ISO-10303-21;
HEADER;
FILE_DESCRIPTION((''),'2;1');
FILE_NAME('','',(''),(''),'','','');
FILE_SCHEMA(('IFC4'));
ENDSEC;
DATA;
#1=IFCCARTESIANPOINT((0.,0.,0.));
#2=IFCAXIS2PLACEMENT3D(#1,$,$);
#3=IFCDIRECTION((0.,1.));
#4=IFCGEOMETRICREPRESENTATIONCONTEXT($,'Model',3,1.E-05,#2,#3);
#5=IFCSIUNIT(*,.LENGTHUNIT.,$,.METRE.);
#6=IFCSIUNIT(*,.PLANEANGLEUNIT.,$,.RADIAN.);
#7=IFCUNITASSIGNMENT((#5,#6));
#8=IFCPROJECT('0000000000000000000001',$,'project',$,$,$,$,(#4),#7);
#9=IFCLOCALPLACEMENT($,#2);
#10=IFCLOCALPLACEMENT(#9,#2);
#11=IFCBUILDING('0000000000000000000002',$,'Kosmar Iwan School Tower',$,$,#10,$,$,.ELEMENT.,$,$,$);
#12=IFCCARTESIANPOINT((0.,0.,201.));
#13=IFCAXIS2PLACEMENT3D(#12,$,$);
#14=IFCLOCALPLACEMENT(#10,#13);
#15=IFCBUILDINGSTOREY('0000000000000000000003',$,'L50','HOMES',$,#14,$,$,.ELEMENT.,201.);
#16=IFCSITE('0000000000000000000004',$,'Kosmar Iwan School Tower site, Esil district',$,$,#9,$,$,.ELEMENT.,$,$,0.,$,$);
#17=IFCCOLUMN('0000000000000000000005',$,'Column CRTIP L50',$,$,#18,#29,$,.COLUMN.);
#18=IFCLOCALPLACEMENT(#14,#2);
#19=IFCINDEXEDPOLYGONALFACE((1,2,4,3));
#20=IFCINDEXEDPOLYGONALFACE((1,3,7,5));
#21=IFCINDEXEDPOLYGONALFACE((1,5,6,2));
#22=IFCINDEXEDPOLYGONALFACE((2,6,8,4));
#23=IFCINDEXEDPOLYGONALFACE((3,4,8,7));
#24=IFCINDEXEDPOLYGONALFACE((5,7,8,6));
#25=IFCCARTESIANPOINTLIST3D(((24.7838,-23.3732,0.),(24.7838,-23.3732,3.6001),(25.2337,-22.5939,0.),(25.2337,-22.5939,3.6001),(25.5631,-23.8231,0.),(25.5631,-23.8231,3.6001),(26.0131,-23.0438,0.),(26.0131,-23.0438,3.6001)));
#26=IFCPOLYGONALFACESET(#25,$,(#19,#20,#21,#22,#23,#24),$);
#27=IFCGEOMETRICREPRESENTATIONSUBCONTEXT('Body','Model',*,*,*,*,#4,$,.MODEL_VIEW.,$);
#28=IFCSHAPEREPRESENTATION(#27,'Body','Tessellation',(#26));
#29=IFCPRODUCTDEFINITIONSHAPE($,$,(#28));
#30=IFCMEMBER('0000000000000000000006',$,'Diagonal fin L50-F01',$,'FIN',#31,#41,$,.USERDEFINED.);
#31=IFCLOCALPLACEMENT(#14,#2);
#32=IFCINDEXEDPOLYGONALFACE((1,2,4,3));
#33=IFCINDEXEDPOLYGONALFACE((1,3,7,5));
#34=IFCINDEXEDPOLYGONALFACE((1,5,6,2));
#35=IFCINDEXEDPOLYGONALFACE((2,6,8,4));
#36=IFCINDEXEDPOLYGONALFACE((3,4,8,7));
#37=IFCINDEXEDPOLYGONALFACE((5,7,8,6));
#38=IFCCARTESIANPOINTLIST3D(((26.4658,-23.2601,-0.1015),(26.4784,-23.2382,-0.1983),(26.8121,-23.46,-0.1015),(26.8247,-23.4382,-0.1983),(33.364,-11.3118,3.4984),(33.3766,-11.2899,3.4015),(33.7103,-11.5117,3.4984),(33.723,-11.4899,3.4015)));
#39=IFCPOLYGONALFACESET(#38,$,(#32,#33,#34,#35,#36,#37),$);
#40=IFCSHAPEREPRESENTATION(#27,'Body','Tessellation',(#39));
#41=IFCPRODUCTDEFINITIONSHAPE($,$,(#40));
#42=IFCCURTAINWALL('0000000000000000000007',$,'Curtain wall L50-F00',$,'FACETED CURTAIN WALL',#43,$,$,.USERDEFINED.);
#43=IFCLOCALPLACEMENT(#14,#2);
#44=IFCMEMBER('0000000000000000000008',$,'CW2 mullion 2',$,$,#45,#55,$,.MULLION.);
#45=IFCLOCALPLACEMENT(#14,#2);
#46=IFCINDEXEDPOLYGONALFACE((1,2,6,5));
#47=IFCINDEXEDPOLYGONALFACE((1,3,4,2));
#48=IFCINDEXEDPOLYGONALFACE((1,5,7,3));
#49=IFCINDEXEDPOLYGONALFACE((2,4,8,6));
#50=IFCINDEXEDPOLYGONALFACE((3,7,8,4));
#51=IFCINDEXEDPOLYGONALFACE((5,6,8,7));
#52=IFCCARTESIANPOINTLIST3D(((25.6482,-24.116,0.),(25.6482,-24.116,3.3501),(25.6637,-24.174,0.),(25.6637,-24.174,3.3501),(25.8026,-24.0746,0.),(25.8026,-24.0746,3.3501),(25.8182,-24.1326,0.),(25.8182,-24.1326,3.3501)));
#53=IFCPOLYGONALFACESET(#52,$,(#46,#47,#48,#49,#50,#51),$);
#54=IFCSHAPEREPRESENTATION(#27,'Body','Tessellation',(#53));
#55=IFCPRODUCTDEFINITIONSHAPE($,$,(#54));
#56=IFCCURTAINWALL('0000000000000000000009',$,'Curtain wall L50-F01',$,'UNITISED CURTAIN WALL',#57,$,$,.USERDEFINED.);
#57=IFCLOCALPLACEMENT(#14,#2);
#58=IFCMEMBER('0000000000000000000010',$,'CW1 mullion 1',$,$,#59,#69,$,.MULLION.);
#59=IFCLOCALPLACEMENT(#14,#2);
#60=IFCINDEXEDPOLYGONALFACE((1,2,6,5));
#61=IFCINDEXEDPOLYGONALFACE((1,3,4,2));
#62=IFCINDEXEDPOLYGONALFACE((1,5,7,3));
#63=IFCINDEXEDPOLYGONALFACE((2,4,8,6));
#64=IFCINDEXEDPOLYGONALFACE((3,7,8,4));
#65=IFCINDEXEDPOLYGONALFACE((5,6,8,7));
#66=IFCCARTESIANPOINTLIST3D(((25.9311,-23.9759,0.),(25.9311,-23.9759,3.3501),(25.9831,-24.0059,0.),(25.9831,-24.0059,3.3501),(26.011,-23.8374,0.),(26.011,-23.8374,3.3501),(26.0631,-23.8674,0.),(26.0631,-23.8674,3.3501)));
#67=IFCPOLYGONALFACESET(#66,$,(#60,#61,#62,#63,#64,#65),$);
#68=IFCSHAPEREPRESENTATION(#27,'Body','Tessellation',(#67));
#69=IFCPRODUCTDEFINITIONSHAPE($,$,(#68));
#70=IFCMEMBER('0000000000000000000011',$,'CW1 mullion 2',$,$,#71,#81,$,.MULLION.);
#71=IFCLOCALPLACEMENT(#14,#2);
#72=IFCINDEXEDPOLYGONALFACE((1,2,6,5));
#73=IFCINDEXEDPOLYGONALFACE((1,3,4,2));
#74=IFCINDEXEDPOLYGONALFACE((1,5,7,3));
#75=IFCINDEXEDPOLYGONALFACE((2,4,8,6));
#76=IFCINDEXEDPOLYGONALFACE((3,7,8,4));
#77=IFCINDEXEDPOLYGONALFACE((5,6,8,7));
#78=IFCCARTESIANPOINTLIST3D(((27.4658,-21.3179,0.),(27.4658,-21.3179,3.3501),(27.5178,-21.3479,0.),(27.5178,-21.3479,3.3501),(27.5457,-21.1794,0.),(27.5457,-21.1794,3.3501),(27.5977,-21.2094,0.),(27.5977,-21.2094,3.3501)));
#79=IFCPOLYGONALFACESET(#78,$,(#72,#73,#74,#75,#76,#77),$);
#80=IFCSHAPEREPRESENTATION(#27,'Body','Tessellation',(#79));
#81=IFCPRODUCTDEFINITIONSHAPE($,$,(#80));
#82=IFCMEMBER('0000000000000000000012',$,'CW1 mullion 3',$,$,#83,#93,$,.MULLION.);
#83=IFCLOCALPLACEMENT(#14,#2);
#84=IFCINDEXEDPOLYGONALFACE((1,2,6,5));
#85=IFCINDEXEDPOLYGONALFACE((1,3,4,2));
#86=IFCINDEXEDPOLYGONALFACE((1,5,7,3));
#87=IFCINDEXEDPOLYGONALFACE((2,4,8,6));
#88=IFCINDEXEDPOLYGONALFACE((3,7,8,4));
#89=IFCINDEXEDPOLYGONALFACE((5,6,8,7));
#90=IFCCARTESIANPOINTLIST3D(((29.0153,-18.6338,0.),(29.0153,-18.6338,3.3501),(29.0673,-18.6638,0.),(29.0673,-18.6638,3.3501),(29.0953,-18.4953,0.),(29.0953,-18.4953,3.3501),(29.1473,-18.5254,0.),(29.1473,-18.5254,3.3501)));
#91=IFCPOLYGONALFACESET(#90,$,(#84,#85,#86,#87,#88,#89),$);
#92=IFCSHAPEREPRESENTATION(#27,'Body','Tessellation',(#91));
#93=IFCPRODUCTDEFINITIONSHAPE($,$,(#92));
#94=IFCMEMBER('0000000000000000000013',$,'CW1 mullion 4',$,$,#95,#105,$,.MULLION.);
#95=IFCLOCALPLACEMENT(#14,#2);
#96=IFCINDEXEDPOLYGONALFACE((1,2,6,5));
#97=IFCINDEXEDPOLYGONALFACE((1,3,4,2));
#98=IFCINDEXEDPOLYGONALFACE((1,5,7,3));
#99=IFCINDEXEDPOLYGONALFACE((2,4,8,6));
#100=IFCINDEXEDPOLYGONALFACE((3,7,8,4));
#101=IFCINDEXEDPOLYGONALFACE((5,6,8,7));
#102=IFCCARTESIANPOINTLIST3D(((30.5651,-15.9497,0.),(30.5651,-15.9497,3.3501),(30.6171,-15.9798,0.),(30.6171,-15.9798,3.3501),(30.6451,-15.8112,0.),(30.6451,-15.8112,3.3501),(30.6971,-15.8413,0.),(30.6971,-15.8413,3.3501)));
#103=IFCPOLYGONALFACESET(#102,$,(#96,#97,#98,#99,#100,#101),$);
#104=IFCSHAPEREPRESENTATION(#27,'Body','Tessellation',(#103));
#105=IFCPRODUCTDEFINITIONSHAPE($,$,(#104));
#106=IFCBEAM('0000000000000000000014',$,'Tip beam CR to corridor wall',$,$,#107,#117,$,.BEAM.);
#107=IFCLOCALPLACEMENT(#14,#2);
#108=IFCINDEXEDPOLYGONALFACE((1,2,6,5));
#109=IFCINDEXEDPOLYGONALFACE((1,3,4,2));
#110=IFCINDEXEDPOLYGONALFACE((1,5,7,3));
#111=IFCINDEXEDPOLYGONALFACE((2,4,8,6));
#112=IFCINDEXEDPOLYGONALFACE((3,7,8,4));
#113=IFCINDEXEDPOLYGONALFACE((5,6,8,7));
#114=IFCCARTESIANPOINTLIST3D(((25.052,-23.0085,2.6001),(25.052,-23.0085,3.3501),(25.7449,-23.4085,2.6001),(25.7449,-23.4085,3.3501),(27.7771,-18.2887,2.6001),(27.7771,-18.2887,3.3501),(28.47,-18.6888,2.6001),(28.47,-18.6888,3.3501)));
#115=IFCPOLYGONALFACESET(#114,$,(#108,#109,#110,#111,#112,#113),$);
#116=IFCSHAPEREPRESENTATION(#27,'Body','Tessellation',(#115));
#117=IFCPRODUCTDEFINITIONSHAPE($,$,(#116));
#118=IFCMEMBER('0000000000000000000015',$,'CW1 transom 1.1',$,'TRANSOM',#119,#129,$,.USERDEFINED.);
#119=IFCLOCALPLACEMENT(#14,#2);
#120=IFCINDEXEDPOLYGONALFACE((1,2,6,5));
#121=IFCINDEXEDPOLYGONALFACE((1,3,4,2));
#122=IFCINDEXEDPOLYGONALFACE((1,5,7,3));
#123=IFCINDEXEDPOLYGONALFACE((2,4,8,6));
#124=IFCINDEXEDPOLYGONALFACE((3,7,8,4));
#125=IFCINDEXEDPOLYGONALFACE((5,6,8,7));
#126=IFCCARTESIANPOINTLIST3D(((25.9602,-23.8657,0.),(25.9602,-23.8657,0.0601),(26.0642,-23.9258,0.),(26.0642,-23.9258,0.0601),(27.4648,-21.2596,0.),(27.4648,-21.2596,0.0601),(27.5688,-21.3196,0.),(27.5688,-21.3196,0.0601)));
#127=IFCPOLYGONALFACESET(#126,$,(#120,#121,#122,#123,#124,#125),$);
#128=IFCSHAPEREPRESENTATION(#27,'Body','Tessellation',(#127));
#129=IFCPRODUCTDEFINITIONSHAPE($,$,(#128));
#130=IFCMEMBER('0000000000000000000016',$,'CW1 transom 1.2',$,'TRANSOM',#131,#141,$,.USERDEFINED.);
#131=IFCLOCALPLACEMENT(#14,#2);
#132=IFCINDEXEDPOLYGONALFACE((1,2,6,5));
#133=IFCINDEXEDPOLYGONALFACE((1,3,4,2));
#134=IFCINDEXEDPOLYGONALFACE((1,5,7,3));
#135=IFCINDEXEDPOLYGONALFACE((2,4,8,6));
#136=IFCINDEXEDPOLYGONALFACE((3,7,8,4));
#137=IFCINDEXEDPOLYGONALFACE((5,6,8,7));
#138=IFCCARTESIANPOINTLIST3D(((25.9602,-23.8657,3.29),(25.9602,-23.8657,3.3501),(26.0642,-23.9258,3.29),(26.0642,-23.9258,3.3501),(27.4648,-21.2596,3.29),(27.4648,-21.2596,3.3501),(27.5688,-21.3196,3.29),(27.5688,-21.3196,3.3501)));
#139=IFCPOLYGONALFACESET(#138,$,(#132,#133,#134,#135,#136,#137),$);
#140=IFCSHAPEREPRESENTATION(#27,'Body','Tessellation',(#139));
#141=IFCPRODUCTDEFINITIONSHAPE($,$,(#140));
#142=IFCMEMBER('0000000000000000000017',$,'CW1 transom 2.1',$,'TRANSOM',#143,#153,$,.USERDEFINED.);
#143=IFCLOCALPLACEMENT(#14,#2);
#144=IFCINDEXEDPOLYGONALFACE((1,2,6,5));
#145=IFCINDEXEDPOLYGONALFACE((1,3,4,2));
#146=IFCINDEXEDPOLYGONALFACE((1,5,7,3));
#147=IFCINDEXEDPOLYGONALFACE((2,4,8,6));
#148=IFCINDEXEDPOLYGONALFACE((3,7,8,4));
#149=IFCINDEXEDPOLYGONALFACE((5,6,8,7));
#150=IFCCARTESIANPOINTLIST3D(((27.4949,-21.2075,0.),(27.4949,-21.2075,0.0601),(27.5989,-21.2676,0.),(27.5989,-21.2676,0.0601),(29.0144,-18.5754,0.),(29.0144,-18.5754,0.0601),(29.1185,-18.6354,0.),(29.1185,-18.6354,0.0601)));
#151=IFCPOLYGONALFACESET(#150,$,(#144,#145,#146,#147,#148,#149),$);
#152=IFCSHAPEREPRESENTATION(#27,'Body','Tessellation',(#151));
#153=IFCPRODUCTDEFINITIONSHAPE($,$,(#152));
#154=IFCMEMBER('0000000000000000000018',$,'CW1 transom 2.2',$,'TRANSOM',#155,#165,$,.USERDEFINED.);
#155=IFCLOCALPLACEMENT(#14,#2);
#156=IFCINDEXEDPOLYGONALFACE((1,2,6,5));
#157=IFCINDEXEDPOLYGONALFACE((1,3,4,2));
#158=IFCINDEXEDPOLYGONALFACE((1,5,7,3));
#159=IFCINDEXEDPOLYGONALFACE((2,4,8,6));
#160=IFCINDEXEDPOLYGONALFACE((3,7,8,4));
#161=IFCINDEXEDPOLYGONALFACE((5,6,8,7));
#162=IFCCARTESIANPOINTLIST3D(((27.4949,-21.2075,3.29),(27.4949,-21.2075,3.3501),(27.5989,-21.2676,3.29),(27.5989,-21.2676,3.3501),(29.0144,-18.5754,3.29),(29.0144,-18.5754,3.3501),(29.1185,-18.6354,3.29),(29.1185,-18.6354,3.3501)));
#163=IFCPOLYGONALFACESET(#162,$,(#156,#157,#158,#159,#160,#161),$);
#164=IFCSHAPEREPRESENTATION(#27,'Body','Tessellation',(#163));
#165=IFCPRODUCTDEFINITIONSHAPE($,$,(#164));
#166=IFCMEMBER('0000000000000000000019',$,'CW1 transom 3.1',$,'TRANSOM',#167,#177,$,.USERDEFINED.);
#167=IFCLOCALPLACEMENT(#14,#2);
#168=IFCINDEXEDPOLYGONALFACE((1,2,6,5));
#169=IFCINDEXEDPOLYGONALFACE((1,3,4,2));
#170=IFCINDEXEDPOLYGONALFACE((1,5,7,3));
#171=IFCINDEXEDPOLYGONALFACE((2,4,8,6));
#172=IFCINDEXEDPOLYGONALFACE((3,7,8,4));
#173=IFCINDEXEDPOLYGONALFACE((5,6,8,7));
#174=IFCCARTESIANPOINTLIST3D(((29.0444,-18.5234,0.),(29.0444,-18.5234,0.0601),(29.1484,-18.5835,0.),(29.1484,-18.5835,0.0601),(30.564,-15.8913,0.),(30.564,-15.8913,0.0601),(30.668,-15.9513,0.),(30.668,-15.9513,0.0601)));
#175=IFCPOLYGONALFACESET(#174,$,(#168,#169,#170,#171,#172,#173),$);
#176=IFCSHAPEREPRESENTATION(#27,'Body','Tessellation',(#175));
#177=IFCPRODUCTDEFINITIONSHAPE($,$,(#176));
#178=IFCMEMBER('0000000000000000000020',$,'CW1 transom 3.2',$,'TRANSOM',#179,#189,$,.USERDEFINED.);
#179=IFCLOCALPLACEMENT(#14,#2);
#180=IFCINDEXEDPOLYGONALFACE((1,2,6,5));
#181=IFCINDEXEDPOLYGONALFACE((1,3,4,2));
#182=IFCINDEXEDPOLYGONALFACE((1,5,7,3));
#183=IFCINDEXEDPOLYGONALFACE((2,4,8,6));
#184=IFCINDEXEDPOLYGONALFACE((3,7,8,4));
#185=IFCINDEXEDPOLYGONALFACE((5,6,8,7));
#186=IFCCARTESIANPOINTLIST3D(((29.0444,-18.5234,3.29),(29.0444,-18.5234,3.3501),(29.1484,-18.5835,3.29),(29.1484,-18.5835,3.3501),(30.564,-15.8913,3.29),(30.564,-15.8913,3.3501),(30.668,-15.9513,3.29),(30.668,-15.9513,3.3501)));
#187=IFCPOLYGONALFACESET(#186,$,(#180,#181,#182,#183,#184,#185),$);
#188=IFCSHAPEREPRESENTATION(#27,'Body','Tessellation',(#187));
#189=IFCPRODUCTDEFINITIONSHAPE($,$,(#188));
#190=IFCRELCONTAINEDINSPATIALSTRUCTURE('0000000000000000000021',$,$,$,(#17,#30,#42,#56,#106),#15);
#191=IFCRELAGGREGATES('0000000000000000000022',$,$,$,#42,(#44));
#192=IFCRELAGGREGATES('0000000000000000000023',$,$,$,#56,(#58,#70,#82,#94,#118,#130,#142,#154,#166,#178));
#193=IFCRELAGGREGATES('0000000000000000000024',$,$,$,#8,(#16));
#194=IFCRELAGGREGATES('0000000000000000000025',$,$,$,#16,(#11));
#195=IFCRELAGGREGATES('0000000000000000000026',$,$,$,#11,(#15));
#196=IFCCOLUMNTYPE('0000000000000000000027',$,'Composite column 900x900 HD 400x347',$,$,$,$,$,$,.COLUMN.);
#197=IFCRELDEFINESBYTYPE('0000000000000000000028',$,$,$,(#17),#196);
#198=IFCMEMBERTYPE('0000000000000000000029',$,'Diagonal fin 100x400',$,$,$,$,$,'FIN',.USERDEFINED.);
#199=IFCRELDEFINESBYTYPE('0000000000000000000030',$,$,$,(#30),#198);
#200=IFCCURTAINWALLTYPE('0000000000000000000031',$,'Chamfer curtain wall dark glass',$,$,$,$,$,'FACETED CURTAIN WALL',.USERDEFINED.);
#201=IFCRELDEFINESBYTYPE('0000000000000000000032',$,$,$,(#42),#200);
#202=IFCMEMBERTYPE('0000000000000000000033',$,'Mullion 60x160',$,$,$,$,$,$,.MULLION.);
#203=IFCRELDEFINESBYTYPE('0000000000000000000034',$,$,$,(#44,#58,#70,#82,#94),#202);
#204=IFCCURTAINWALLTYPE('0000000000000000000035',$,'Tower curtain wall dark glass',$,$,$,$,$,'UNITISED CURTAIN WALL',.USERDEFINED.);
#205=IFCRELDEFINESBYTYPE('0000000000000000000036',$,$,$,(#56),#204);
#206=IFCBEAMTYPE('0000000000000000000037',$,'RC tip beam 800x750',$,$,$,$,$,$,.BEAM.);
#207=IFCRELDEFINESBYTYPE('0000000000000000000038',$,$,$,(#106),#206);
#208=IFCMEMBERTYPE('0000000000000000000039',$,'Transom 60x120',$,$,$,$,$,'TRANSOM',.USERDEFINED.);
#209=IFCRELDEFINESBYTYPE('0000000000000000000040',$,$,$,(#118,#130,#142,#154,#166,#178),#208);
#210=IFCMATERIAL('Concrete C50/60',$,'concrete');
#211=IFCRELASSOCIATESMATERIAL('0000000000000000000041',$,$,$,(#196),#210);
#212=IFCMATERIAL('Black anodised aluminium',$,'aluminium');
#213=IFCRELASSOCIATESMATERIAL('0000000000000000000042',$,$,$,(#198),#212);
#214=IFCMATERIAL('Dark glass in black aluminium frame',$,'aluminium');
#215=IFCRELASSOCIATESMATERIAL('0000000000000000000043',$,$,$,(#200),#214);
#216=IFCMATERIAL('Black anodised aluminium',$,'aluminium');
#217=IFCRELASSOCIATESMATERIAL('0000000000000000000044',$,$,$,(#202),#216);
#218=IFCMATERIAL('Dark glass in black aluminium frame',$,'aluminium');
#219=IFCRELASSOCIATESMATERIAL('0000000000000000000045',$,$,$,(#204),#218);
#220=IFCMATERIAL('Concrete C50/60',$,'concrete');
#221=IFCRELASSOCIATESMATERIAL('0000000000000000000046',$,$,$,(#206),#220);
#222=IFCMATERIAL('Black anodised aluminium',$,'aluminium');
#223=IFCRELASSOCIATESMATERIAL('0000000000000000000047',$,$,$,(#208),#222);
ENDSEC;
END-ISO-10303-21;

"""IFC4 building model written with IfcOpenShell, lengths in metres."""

from ifc_helpers import new_model, si_unit, direction, frame, origin, origin_2d, place, context, subcontext, project, spatial, rectangle, extrude, material, material_profile, profile_set, type_object, element, aggregate, save


model = new_model("IFC4")

# Units and contexts
model_context = context("Model", 3, precision=1e-05, world=origin(), true_north=direction((0.0, 1.0)))
body_context = subcontext(model_context, "Body", "Model", "MODEL_VIEW")
ifc_project = project(units=[si_unit("LENGTHUNIT", "METRE"), si_unit("PLANEANGLEUNIT", "RADIAN")], contexts=[model_context])

# Site, building, storey
site_placement = place(None, origin())
site = spatial("IfcSite", under=ifc_project, at=site_placement, Name="Kosmar Iwan School Tower site, Esil district", CompositionType="ELEMENT", RefElevation=0.0)
building_placement = place(site_placement, origin())
building = spatial("IfcBuilding", under=site, at=building_placement, Name="Kosmar Iwan School Tower", CompositionType="ELEMENT")
storey_placement = place(building_placement, frame((0.0, 0.0, 201.0)))
storey = spatial("IfcBuildingStorey", under=building, at=storey_placement, Name="L50", Description="HOMES", CompositionType="ELEMENT", Elevation=201.0)

# Column
ifc_material_1 = material(Name="Concrete C50/60", Category="concrete")
ifc_material_profile_1 = material_profile(ifc_material_1, rectangle(XDim=0.8999, YDim=0.8999, at=origin_2d()), Name="RC 900x900 + HD 400x347")
ifc_profile_set_1 = profile_set([ifc_material_profile_1], Name="Concrete C50/60")
column_type = type_object("IfcColumnType", Name="Composite column 900x900 HD 400x347", PredefinedType="COLUMN", material=ifc_profile_set_1)
column_placement = place(storey_placement, frame((25.3984, -23.2085, 0.0), z_axis=(0.0, 0.0, 1.0), x_axis=(0.866025, -0.5, 0.0)))
element("IfcColumn", 1, at=column_placement, inside=storey, type_object=column_type, Name="Column CRTIP L50", PredefinedType="COLUMN", context=body_context, shape_type="SweptSolid", body=[
    extrude(rectangle(XDim=0.8999, YDim=0.8999, at=origin_2d()), origin(), (0.0, 0.0, 1.0), 3.6001),
])

# Member
ifc_material_2 = material(Name="Black anodised aluminium", Category="aluminium")
ifc_material_profile_2 = material_profile(ifc_material_2, rectangle(XDim=0.1001, YDim=0.3999, at=origin_2d()), Name="FIN 100x400")
ifc_profile_set_2 = profile_set([ifc_material_profile_2], Name="Black anodised aluminium")
member_type_1 = type_object("IfcMemberType", Name="Diagonal fin 100x400", ElementType="FIN", PredefinedType="USERDEFINED", material=ifc_profile_set_2)
member_1_placement = place(storey_placement, frame((26.6453, -23.3491, -0.1499), z_axis=(0.483796, 0.837974, 0.252471), x_axis=(-0.126234, -0.218647, 0.967604)))
element("IfcMember", 2, at=member_1_placement, inside=storey, type_object=member_type_1, Name="Diagonal fin L50-F01", ObjectType="FIN", PredefinedType="USERDEFINED", context=body_context, shape_type="SweptSolid", body=[
    extrude(rectangle(XDim=0.1001, YDim=0.3999, at=origin_2d()), origin(), (0.0, 0.0, 1.0), 14.2585),
])

# Curtain wall, member
ifc_material_3 = material(Name="Dark glass in black aluminium frame", Category="aluminium")
curtain_wall_type_1 = type_object("IfcCurtainWallType", Name="Chamfer curtain wall dark glass", ElementType="FACETED CURTAIN WALL", PredefinedType="USERDEFINED", material=ifc_material_3)
curtain_wall_1_placement = place(storey_placement, origin())
curtain_wall_1 = element("IfcCurtainWall", 3, at=curtain_wall_1_placement, inside=storey, type_object=curtain_wall_type_1, Name="Curtain wall L50-F00", ObjectType="FACETED CURTAIN WALL", PredefinedType="USERDEFINED")
ifc_material_4 = material(Name="Black anodised aluminium", Category="aluminium")
ifc_material_profile_3 = material_profile(ifc_material_4, rectangle(XDim=0.0601, YDim=0.1599, at=origin_2d()), Name="MULLION 60x160")
ifc_profile_set_3 = profile_set([ifc_material_profile_3], Name="Black anodised aluminium")
member_type_2 = type_object("IfcMemberType", Name="Mullion 60x160", PredefinedType="MULLION", material=ifc_profile_set_3)
member_2_placement = place(storey_placement, frame((25.7332, -24.1243, 0.0), z_axis=(0.0, 0.0, 1.0), x_axis=(-0.258819, 0.965926, 0.0)))
member_2 = element("IfcMember", 4, at=member_2_placement, type_object=member_type_2, Name="CW2 mullion 2", PredefinedType="MULLION", context=body_context, shape_type="SweptSolid", body=[
    extrude(rectangle(XDim=0.0601, YDim=0.1599, at=origin_2d()), origin(), (0.0, 0.0, 1.0), 3.3501),
])

# Curtain wall, members
ifc_material_5 = material(Name="Dark glass in black aluminium frame", Category="aluminium")
curtain_wall_type_2 = type_object("IfcCurtainWallType", Name="Tower curtain wall dark glass", ElementType="UNITISED CURTAIN WALL", PredefinedType="USERDEFINED", material=ifc_material_5)
curtain_wall_2_placement = place(storey_placement, origin())
curtain_wall_2 = element("IfcCurtainWall", 5, at=curtain_wall_2_placement, inside=storey, type_object=curtain_wall_type_2, Name="Curtain wall L50-F01", ObjectType="UNITISED CURTAIN WALL", PredefinedType="USERDEFINED")
member_3_placement = place(storey_placement, frame((25.9971, -23.9216, 0.0), z_axis=(0.0, 0.0, 1.0), x_axis=(-0.866025, 0.5, 0.0)))
member_3 = element("IfcMember", 6, at=member_3_placement, type_object=member_type_2, Name="CW1 mullion 1", PredefinedType="MULLION", context=body_context, shape_type="SweptSolid", body=[
    extrude(rectangle(XDim=0.0601, YDim=0.1599, at=origin_2d()), origin(), (0.0, 0.0, 1.0), 3.3501),
])
member_4_placement = place(storey_placement, frame((27.5317, -21.2637, 0.0), z_axis=(0.0, 0.0, 1.0), x_axis=(-0.866025, 0.5, 0.0)))
member_4 = element("IfcMember", 7, at=member_4_placement, type_object=member_type_2, Name="CW1 mullion 2", PredefinedType="MULLION", context=body_context, shape_type="SweptSolid", body=[
    extrude(rectangle(XDim=0.0601, YDim=0.1599, at=origin_2d()), origin(), (0.0, 0.0, 1.0), 3.3501),
])
member_5_placement = place(storey_placement, frame((29.0813, -18.5796, 0.0), z_axis=(0.0, 0.0, 1.0), x_axis=(-0.866025, 0.5, 0.0)))
member_5 = element("IfcMember", 8, at=member_5_placement, type_object=member_type_2, Name="CW1 mullion 3", PredefinedType="MULLION", context=body_context, shape_type="SweptSolid", body=[
    extrude(rectangle(XDim=0.0601, YDim=0.1599, at=origin_2d()), origin(), (0.0, 0.0, 1.0), 3.3501),
])
member_6_placement = place(storey_placement, frame((30.6311, -15.8955, 0.0), z_axis=(0.0, 0.0, 1.0), x_axis=(-0.866025, 0.5, 0.0)))
member_6 = element("IfcMember", 9, at=member_6_placement, type_object=member_type_2, Name="CW1 mullion 4", PredefinedType="MULLION", context=body_context, shape_type="SweptSolid", body=[
    extrude(rectangle(XDim=0.0601, YDim=0.1599, at=origin_2d()), origin(), (0.0, 0.0, 1.0), 3.3501),
])

# Beam
ifc_material_6 = material(Name="Concrete C50/60", Category="concrete")
ifc_material_profile_4 = material_profile(ifc_material_6, rectangle(XDim=0.8, YDim=0.75, at=origin_2d()), Name="RC 800x750")
ifc_profile_set_4 = profile_set([ifc_material_profile_4], Name="Concrete C50/60")
beam_type = type_object("IfcBeamType", Name="RC tip beam 800x750", PredefinedType="BEAM", material=ifc_profile_set_4)
beam_placement = place(storey_placement, frame((25.3984, -23.2085, 2.9751), z_axis=(0.500022, 0.866013, 0.0), x_axis=(-0.866013, 0.500022, 0.0)))
element("IfcBeam", 10, at=beam_placement, inside=storey, type_object=beam_type, Name="Tip beam CR to corridor wall", PredefinedType="BEAM", context=body_context, shape_type="SweptSolid", body=[
    extrude(rectangle(XDim=0.8, YDim=0.75, at=origin_2d()), origin(), (0.0, 0.0, 1.0), 5.45),
])

# Members
ifc_material_7 = material(Name="Black anodised aluminium", Category="aluminium")
ifc_material_profile_5 = material_profile(ifc_material_7, rectangle(XDim=0.1201, YDim=0.0601, at=origin_2d()), Name="TRANSOM 60x120")
ifc_profile_set_5 = profile_set([ifc_material_profile_5], Name="Black anodised aluminium")
member_type_3 = type_object("IfcMemberType", Name="Transom 60x120", ElementType="TRANSOM", PredefinedType="USERDEFINED", material=ifc_profile_set_5)
member_7_placement = place(storey_placement, frame((26.0122, -23.8958, 0.03), z_axis=(0.499987, 0.866033, 0.0), x_axis=(-0.866033, 0.499987, 0.0)))
member_7 = element("IfcMember", 11, at=member_7_placement, type_object=member_type_3, Name="CW1 transom 1.1", ObjectType="TRANSOM", PredefinedType="USERDEFINED", context=body_context, shape_type="SweptSolid", body=[
    extrude(rectangle(XDim=0.1201, YDim=0.0601, at=origin_2d()), origin(), (0.0, 0.0, 1.0), 3.0093),
])
member_8_placement = place(storey_placement, frame((26.0122, -23.8958, 3.3201), z_axis=(0.499987, 0.866033, 0.0), x_axis=(-0.866033, 0.499987, 0.0)))
member_8 = element("IfcMember", 12, at=member_8_placement, type_object=member_type_3, Name="CW1 transom 1.2", ObjectType="TRANSOM", PredefinedType="USERDEFINED", context=body_context, shape_type="SweptSolid", body=[
    extrude(rectangle(XDim=0.1201, YDim=0.0601, at=origin_2d()), origin(), (0.0, 0.0, 1.0), 3.0093),
])
member_9_placement = place(storey_placement, frame((27.5469, -21.2375, 0.03), z_axis=(0.499975, 0.86604, 0.0), x_axis=(-0.86604, 0.499975, 0.0)))
member_9 = element("IfcMember", 13, at=member_9_placement, type_object=member_type_3, Name="CW1 transom 2.1", ObjectType="TRANSOM", PredefinedType="USERDEFINED", context=body_context, shape_type="SweptSolid", body=[
    extrude(rectangle(XDim=0.1201, YDim=0.0601, at=origin_2d()), origin(), (0.0, 0.0, 1.0), 3.0393),
])
member_10_placement = place(storey_placement, frame((27.5469, -21.2375, 3.3201), z_axis=(0.499975, 0.86604, 0.0), x_axis=(-0.86604, 0.499975, 0.0)))
member_10 = element("IfcMember", 14, at=member_10_placement, type_object=member_type_3, Name="CW1 transom 2.2", ObjectType="TRANSOM", PredefinedType="USERDEFINED", context=body_context, shape_type="SweptSolid", body=[
    extrude(rectangle(XDim=0.1201, YDim=0.0601, at=origin_2d()), origin(), (0.0, 0.0, 1.0), 3.0393),
])
member_11_placement = place(storey_placement, frame((29.0964, -18.5535, 0.03), z_axis=(0.499975, 0.86604, 0.0), x_axis=(-0.86604, 0.499975, 0.0)))
member_11 = element("IfcMember", 15, at=member_11_placement, type_object=member_type_3, Name="CW1 transom 3.1", ObjectType="TRANSOM", PredefinedType="USERDEFINED", context=body_context, shape_type="SweptSolid", body=[
    extrude(rectangle(XDim=0.1201, YDim=0.0601, at=origin_2d()), origin(), (0.0, 0.0, 1.0), 3.0393),
])
member_12_placement = place(storey_placement, frame((29.0964, -18.5535, 3.3201), z_axis=(0.499975, 0.86604, 0.0), x_axis=(-0.86604, 0.499975, 0.0)))
member_12 = element("IfcMember", 16, at=member_12_placement, type_object=member_type_3, Name="CW1 transom 3.2", ObjectType="TRANSOM", PredefinedType="USERDEFINED", context=body_context, shape_type="SweptSolid", body=[
    extrude(rectangle(XDim=0.1201, YDim=0.0601, at=origin_2d()), origin(), (0.0, 0.0, 1.0), 3.0393),
])

aggregate(curtain_wall_1, [member_2])
aggregate(curtain_wall_2, [member_3, member_4, member_5, member_6, member_7, member_8, member_9, member_10, member_11, member_12])

save(model, "model.ifc")
